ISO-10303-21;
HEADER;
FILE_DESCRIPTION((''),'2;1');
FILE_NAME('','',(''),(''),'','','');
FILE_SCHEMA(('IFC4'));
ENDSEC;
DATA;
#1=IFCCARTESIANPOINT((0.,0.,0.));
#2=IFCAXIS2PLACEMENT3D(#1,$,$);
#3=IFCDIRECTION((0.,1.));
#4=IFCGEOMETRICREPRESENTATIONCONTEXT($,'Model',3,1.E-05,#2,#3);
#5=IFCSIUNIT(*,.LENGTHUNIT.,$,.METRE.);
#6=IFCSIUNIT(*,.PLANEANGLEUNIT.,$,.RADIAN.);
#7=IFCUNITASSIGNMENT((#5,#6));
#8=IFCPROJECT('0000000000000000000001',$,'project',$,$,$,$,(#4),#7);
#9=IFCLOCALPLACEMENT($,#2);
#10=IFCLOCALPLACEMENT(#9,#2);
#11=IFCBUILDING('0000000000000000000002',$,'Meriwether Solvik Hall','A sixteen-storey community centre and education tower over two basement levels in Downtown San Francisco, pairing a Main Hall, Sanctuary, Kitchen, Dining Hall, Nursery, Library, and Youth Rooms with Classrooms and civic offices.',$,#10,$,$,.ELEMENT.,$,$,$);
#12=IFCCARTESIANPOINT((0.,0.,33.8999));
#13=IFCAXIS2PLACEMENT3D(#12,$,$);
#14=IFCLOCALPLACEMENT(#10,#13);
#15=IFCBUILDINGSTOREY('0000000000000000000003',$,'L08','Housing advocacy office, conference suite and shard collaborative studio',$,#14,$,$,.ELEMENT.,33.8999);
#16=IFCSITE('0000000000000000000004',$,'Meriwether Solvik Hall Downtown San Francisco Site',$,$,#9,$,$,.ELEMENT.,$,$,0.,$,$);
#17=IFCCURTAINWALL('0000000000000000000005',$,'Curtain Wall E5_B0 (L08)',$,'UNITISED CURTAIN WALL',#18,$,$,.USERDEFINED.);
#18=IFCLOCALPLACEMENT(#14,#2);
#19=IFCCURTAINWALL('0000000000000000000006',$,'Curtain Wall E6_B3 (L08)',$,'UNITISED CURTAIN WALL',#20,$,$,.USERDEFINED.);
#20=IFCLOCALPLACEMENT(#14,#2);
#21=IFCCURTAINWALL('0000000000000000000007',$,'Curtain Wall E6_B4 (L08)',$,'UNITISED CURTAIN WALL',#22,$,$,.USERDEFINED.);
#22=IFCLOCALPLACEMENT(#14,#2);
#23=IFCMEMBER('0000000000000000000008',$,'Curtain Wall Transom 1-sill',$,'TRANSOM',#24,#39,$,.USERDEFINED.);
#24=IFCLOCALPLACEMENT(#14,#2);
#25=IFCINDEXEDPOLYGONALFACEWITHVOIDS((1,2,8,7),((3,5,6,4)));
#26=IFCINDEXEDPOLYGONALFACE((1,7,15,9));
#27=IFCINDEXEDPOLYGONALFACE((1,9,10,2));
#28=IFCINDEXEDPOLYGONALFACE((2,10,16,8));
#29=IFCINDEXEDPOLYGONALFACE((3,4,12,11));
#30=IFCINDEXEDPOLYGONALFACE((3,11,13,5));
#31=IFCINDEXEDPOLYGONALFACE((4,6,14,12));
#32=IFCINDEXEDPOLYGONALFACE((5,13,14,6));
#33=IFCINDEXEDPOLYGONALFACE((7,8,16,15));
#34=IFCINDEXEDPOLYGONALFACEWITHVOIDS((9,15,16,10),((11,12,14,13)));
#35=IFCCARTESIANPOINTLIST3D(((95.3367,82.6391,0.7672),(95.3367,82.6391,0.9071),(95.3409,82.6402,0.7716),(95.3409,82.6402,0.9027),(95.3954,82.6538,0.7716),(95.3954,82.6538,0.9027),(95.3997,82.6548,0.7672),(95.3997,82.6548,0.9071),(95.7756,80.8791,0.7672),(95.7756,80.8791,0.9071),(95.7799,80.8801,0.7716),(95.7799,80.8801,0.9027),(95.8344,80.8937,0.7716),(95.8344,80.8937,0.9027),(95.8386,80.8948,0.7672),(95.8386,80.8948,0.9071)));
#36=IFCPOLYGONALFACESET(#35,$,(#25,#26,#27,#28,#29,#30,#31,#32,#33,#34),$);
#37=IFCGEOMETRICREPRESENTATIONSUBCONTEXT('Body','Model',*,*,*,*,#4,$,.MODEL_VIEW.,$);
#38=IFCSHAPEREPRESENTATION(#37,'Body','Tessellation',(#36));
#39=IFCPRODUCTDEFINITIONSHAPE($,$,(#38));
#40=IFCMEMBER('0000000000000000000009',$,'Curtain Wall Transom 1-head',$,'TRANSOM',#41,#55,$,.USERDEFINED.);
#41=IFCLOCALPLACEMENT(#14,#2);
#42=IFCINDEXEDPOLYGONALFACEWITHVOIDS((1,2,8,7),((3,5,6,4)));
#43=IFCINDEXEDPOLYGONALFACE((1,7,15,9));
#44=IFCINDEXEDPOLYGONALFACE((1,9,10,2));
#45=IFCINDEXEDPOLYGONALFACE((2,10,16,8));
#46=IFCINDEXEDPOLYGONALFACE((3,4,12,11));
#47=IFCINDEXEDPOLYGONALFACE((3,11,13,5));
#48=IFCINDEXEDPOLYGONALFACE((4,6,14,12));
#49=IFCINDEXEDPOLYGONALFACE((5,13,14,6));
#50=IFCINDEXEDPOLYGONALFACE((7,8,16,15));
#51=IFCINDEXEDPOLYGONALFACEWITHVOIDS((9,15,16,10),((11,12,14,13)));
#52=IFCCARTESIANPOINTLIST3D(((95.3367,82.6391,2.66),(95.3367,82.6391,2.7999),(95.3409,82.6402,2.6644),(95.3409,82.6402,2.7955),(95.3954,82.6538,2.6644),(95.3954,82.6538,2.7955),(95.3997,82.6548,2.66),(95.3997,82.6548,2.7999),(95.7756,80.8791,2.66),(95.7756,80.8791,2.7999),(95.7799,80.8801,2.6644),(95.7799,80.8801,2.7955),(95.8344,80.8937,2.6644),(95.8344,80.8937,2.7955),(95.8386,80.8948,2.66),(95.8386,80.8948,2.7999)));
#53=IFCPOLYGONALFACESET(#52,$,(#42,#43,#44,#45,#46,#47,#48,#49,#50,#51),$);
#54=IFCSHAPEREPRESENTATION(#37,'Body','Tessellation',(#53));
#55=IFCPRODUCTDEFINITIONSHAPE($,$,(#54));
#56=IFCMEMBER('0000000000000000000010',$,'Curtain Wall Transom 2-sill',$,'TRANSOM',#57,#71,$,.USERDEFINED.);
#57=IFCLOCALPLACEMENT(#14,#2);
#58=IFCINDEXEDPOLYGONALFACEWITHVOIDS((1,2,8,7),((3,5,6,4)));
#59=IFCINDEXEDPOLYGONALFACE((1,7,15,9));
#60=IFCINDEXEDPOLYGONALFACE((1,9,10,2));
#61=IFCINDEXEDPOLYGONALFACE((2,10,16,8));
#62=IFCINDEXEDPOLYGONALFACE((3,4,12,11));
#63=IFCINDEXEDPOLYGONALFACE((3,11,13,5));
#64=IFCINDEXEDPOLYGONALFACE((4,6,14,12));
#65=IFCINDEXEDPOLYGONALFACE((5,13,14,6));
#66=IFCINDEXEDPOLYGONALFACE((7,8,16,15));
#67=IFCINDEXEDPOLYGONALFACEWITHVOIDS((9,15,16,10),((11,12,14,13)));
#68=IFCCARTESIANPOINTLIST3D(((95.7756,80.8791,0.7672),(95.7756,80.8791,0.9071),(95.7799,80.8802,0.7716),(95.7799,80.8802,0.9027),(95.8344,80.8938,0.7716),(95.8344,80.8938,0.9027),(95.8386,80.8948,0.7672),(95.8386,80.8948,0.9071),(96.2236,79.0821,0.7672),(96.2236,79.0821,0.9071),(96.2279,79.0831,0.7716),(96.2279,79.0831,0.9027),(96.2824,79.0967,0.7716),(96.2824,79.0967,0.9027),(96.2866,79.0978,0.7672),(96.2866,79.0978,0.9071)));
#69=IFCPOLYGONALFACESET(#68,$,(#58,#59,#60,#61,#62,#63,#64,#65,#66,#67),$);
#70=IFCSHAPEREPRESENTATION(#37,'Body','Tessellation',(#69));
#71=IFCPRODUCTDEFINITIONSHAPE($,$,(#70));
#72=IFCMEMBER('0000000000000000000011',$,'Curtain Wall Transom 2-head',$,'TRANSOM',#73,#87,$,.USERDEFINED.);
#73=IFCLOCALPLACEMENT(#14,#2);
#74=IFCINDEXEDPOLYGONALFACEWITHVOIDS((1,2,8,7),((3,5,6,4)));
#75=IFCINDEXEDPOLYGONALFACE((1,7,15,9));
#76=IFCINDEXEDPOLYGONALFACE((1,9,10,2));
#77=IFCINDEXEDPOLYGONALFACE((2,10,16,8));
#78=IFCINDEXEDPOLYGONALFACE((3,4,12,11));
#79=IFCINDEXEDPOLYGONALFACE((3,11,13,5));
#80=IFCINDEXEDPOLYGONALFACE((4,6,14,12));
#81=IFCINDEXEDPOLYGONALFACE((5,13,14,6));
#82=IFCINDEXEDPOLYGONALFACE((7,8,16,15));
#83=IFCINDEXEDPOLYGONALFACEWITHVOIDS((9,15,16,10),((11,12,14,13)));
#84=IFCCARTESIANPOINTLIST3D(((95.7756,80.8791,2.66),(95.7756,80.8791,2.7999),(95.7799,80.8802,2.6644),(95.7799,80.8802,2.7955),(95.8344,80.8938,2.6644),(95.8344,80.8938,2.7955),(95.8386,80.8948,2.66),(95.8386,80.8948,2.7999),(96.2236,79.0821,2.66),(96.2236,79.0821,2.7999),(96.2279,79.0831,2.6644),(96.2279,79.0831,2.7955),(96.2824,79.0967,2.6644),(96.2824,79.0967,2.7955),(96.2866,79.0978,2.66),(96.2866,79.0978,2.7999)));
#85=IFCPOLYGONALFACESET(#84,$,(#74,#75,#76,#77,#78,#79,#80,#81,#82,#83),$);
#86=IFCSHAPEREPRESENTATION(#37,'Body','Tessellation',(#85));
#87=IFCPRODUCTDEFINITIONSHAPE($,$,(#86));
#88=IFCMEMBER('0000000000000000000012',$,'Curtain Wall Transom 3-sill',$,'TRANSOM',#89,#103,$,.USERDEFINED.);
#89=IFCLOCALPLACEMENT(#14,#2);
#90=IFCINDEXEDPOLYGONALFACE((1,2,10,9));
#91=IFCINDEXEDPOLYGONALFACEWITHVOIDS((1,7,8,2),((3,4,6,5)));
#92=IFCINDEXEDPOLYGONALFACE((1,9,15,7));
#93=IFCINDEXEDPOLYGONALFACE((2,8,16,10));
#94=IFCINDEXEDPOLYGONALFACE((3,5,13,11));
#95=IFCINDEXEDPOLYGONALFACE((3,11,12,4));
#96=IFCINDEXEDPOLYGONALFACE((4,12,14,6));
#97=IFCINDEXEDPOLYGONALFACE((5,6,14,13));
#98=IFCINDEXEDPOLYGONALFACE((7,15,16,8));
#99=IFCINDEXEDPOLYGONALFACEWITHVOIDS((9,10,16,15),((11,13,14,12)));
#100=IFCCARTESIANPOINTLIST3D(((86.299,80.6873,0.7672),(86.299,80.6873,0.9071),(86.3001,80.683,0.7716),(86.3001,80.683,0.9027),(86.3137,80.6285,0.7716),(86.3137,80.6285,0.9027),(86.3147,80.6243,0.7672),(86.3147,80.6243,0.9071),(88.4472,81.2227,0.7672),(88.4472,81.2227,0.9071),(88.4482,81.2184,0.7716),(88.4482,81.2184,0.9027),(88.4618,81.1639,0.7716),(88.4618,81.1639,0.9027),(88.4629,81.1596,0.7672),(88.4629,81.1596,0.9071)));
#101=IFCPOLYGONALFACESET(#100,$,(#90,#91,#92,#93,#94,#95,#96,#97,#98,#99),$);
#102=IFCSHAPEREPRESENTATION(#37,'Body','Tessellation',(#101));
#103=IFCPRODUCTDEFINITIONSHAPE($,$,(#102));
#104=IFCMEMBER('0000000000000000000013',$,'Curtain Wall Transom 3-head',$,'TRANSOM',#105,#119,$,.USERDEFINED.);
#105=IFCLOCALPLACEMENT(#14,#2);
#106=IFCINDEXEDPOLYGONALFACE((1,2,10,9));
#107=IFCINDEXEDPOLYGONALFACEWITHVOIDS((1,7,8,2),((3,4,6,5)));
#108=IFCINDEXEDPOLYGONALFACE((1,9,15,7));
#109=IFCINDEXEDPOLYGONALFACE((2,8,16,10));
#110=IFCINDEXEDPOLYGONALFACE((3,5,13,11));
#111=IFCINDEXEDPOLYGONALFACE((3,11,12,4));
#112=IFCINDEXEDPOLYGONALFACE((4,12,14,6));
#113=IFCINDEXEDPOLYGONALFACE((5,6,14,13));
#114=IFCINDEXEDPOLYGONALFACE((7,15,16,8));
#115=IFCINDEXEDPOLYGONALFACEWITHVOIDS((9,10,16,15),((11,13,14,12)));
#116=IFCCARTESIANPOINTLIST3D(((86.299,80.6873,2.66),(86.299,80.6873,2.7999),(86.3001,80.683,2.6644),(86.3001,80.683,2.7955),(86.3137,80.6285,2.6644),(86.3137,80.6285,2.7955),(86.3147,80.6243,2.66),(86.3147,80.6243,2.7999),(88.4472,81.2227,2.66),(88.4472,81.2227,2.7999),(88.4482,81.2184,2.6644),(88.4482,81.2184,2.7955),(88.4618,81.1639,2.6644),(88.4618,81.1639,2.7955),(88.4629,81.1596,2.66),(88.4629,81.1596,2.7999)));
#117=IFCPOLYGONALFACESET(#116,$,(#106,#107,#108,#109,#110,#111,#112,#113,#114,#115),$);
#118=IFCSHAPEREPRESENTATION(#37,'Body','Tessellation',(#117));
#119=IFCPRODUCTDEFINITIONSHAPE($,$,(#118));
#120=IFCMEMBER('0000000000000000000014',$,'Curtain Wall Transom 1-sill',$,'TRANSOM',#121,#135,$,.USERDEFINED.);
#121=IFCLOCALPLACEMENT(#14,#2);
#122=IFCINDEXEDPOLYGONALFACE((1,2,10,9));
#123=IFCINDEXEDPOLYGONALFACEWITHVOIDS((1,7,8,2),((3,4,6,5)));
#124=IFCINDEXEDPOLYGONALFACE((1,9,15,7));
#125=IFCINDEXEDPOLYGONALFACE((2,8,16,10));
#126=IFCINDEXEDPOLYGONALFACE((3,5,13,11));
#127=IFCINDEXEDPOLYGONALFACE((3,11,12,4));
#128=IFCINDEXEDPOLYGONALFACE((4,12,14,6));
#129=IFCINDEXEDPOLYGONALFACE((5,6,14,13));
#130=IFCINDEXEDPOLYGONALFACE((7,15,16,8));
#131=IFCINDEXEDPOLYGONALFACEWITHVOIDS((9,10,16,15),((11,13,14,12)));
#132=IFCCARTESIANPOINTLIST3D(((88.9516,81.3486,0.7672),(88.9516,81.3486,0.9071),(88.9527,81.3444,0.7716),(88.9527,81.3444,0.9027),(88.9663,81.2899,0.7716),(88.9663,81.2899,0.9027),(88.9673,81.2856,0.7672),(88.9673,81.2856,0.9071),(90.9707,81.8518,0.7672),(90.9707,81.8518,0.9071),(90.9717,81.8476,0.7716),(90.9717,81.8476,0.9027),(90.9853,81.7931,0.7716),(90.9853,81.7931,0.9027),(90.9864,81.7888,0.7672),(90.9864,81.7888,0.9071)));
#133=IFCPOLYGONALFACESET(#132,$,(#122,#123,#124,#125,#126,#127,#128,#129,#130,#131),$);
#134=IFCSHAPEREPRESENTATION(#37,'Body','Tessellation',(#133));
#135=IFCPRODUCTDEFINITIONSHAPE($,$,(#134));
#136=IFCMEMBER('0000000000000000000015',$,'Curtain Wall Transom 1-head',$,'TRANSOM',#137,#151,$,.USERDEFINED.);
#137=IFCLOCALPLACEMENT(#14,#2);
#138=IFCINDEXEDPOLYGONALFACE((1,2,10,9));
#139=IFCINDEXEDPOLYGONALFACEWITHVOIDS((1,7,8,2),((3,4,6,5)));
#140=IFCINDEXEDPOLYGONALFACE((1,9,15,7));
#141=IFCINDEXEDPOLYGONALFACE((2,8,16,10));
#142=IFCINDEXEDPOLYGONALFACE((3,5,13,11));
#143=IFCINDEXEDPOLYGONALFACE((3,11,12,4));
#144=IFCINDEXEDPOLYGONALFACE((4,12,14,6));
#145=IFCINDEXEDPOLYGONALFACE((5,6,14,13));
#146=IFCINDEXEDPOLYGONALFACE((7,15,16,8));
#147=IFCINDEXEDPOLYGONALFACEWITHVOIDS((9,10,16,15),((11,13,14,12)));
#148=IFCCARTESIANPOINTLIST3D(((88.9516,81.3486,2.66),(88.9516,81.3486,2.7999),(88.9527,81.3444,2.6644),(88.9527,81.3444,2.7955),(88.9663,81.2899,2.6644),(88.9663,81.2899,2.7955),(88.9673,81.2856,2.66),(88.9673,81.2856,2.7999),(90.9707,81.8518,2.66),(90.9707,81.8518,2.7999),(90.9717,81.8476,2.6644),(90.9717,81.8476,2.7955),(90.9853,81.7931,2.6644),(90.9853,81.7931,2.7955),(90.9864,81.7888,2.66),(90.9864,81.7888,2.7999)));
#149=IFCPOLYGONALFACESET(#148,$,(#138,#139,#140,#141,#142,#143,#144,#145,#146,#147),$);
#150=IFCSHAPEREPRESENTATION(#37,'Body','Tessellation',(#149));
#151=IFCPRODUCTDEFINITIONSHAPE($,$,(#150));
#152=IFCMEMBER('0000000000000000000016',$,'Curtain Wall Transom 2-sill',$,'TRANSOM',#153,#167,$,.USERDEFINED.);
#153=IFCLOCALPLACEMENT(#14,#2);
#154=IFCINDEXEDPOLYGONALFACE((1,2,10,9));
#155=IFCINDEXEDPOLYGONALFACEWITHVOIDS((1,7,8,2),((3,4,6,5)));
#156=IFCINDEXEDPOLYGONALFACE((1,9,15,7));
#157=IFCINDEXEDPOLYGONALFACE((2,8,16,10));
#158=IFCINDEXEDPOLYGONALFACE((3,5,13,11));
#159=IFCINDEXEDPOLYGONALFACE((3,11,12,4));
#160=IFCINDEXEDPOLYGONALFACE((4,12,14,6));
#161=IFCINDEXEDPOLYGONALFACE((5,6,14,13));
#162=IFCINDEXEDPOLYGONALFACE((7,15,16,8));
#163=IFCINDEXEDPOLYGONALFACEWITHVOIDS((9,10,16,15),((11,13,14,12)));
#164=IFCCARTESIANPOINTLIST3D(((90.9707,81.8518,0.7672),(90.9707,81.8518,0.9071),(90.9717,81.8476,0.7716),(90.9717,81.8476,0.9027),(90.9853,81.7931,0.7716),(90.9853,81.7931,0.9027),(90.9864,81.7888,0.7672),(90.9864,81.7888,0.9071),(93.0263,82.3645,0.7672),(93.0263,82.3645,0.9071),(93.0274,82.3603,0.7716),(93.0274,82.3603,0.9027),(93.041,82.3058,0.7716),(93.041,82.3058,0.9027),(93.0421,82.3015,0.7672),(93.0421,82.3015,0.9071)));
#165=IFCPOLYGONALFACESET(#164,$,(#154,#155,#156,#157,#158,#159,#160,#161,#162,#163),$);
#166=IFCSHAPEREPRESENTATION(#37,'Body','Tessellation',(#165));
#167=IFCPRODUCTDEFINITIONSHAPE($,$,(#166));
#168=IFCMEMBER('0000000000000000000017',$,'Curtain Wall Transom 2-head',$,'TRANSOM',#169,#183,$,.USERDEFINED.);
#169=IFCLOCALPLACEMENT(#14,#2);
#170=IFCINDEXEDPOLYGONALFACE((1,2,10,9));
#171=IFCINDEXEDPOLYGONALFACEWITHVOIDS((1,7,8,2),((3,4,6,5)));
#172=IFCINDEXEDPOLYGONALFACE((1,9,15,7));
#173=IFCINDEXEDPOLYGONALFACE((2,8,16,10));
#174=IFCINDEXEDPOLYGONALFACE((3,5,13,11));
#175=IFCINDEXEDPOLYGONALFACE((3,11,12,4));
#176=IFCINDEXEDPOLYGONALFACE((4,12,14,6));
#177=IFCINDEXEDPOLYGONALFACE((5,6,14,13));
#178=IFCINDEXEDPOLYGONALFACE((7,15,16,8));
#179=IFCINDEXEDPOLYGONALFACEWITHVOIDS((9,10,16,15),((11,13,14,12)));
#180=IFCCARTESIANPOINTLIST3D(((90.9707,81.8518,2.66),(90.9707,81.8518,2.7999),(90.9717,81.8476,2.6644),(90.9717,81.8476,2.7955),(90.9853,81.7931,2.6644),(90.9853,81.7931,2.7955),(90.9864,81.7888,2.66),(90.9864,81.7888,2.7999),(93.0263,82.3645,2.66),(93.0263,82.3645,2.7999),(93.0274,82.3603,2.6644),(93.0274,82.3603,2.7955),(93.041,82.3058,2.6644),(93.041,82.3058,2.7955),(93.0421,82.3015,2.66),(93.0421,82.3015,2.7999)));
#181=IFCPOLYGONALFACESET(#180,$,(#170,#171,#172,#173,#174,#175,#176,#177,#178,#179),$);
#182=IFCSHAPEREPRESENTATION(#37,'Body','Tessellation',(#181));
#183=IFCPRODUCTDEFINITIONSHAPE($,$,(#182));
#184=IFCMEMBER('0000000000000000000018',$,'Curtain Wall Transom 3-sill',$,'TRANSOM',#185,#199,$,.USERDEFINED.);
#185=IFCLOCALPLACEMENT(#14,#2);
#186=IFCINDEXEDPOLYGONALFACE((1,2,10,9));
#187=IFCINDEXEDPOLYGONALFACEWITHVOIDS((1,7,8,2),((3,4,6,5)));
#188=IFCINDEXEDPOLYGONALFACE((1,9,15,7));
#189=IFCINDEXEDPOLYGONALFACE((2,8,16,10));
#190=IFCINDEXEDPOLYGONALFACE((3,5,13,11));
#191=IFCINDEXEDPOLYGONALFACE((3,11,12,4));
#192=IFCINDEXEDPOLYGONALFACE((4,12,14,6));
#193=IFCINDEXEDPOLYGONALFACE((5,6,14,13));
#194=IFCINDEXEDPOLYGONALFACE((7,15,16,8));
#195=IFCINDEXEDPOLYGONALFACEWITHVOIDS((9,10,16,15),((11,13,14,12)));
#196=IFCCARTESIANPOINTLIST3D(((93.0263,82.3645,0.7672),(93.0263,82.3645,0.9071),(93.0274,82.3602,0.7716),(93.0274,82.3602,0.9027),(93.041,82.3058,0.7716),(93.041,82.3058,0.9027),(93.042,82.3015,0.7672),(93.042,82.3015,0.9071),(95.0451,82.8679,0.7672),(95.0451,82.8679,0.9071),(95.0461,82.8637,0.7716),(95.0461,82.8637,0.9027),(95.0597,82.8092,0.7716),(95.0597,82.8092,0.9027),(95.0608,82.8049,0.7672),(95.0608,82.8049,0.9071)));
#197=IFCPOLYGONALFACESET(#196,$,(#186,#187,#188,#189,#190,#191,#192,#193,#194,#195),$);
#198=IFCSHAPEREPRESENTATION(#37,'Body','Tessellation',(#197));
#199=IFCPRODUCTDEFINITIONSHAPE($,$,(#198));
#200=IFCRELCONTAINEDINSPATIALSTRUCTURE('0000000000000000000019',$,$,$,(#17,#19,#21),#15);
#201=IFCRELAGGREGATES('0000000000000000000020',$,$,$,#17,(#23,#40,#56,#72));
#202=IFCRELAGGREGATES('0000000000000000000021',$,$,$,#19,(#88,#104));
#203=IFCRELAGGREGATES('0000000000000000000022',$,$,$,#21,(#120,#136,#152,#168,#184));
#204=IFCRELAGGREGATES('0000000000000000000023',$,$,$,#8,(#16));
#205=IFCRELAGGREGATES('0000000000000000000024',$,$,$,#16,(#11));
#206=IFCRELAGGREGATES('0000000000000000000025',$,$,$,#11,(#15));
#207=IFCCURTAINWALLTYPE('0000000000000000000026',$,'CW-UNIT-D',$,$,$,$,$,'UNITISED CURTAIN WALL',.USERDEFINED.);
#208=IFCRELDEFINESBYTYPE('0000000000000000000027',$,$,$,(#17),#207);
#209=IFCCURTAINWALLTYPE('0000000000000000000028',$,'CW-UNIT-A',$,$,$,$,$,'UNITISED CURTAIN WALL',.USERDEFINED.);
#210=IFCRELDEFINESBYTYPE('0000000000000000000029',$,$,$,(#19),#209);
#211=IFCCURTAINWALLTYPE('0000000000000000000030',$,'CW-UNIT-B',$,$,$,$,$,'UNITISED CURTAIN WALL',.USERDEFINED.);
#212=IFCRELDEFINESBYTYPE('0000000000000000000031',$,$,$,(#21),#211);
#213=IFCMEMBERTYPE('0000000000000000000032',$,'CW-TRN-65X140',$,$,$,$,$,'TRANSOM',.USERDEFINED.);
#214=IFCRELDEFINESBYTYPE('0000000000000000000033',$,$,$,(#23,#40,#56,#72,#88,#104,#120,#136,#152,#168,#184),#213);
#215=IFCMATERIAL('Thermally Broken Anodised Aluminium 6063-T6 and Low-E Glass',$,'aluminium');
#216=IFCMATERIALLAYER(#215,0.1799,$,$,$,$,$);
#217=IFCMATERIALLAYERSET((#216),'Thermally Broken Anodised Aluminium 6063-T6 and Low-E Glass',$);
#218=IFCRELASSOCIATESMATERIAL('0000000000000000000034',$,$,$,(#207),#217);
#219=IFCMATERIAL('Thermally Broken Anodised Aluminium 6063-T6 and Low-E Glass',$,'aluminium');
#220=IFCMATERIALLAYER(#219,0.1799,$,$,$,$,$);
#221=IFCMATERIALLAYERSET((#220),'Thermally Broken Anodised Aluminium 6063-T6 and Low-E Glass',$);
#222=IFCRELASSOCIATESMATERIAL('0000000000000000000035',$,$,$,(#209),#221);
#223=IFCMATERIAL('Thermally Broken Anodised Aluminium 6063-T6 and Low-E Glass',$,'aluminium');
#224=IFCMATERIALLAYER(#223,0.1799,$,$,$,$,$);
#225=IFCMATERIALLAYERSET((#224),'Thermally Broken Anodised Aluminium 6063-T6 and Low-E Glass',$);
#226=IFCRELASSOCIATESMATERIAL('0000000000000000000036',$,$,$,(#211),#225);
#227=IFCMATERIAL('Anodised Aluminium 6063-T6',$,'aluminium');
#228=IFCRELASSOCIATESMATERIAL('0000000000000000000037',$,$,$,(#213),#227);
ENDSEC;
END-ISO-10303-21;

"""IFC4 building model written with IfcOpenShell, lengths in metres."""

from ifc_helpers import new_model, si_unit, direction, frame, origin, origin_2d, place, context, subcontext, project, spatial, hollow_rectangle, extrude, material, layer, layer_set, material_profile, profile_set, type_object, element, aggregate, save


model = new_model("IFC4")

# Units and contexts
model_context = context("Model", 3, precision=1e-05, world=origin(), true_north=direction((0.0, 1.0)))
body_context = subcontext(model_context, "Body", "Model", "MODEL_VIEW")
ifc_project = project(units=[si_unit("LENGTHUNIT", "METRE"), si_unit("PLANEANGLEUNIT", "RADIAN")], contexts=[model_context])

# Site, building, storey
site_placement = place(None, origin())
site = spatial("IfcSite", under=ifc_project, at=site_placement, Name="Meriwether Solvik Hall Downtown San Francisco Site", CompositionType="ELEMENT", RefElevation=0.0)
building_placement = place(site_placement, origin())
building = spatial("IfcBuilding", under=site, at=building_placement, Name="Meriwether Solvik Hall", Description="A sixteen-storey community centre and education tower over two basement levels in Downtown San Francisco, pairing a Main Hall, Sanctuary, Kitchen, Dining Hall, Nursery, Library, and Youth Rooms with Classrooms and civic offices.", CompositionType="ELEMENT")
storey_placement = place(building_placement, frame((0.0, 0.0, 33.8999)))
storey = spatial("IfcBuildingStorey", under=building, at=storey_placement, Name="L08", Description="Housing advocacy office, conference suite and shard collaborative studio", CompositionType="ELEMENT", Elevation=33.8999)

# Curtain walls
ifc_material_1 = material(Name="Thermally Broken Anodised Aluminium 6063-T6 and Low-E Glass", Category="aluminium")
ifc_layer_1 = layer(ifc_material_1, 0.1799)
ifc_layer_set_1 = layer_set([ifc_layer_1], Name="Thermally Broken Anodised Aluminium 6063-T6 and Low-E Glass")
curtain_wall_type_1 = type_object("IfcCurtainWallType", Name="CW-UNIT-D", ElementType="UNITISED CURTAIN WALL", PredefinedType="USERDEFINED", material=ifc_layer_set_1)
curtain_wall_1_placement = place(storey_placement, origin())
curtain_wall_1 = element("IfcCurtainWall", 1, at=curtain_wall_1_placement, inside=storey, type_object=curtain_wall_type_1, Name="Curtain Wall E5_B0 (L08)", ObjectType="UNITISED CURTAIN WALL", PredefinedType="USERDEFINED")
ifc_material_2 = material(Name="Thermally Broken Anodised Aluminium 6063-T6 and Low-E Glass", Category="aluminium")
ifc_layer_2 = layer(ifc_material_2, 0.1799)
ifc_layer_set_2 = layer_set([ifc_layer_2], Name="Thermally Broken Anodised Aluminium 6063-T6 and Low-E Glass")
curtain_wall_type_2 = type_object("IfcCurtainWallType", Name="CW-UNIT-A", ElementType="UNITISED CURTAIN WALL", PredefinedType="USERDEFINED", material=ifc_layer_set_2)
curtain_wall_2_placement = place(storey_placement, origin())
curtain_wall_2 = element("IfcCurtainWall", 2, at=curtain_wall_2_placement, inside=storey, type_object=curtain_wall_type_2, Name="Curtain Wall E6_B3 (L08)", ObjectType="UNITISED CURTAIN WALL", PredefinedType="USERDEFINED")
ifc_material_3 = material(Name="Thermally Broken Anodised Aluminium 6063-T6 and Low-E Glass", Category="aluminium")
ifc_layer_3 = layer(ifc_material_3, 0.1799)
ifc_layer_set_3 = layer_set([ifc_layer_3], Name="Thermally Broken Anodised Aluminium 6063-T6 and Low-E Glass")
curtain_wall_type_3 = type_object("IfcCurtainWallType", Name="CW-UNIT-B", ElementType="UNITISED CURTAIN WALL", PredefinedType="USERDEFINED", material=ifc_layer_set_3)
curtain_wall_3_placement = place(storey_placement, origin())
curtain_wall_3 = element("IfcCurtainWall", 3, at=curtain_wall_3_placement, inside=storey, type_object=curtain_wall_type_3, Name="Curtain Wall E6_B4 (L08)", ObjectType="UNITISED CURTAIN WALL", PredefinedType="USERDEFINED")

# Members
ifc_material_4 = material(Name="Anodised Aluminium 6063-T6", Category="aluminium")
ifc_material_profile_1 = material_profile(ifc_material_4, hollow_rectangle(XDim=0.0649, YDim=0.1399, WallThickness=0.0044, at=origin_2d()), Name="CWT-65X140")
ifc_profile_set_1 = profile_set([ifc_material_profile_1], Name="Anodised Aluminium 6063-T6")
member_type_1 = type_object("IfcMemberType", Name="CW-TRN-65X140", ElementType="TRANSOM", PredefinedType="USERDEFINED", material=ifc_profile_set_1)
member_1_placement = place(storey_placement, frame((95.3682, 82.647, 0.8372), z_axis=(0.241997, -0.970277, 0.0), x_axis=(0.970277, 0.241997, 0.0)))
member_1 = element("IfcMember", 4, at=member_1_placement, type_object=member_type_1, Name="Curtain Wall Transom 1-sill", ObjectType="TRANSOM", PredefinedType="USERDEFINED", context=body_context, shape_type="SweptSolid", body=[
    extrude(hollow_rectangle(XDim=0.0649, YDim=0.1399, WallThickness=0.0044, at=origin_2d()), origin(), (0.0, 0.0, 1.0), 1.814),
])
member_2_placement = place(storey_placement, frame((95.3682, 82.647, 2.73), z_axis=(0.241997, -0.970277, 0.0), x_axis=(0.970277, 0.241997, 0.0)))
member_2 = element("IfcMember", 5, at=member_2_placement, type_object=member_type_1, Name="Curtain Wall Transom 1-head", ObjectType="TRANSOM", PredefinedType="USERDEFINED", context=body_context, shape_type="SweptSolid", body=[
    extrude(hollow_rectangle(XDim=0.0649, YDim=0.1399, WallThickness=0.0044, at=origin_2d()), origin(), (0.0, 0.0, 1.0), 1.814),
])
member_3_placement = place(storey_placement, frame((95.8071, 80.887, 0.8372), z_axis=(0.241884, -0.970305, 0.0), x_axis=(0.970305, 0.241884, 0.0)))
member_3 = element("IfcMember", 6, at=member_3_placement, type_object=member_type_1, Name="Curtain Wall Transom 2-sill", ObjectType="TRANSOM", PredefinedType="USERDEFINED", context=body_context, shape_type="SweptSolid", body=[
    extrude(hollow_rectangle(XDim=0.0649, YDim=0.1399, WallThickness=0.0044, at=origin_2d()), origin(), (0.0, 0.0, 1.0), 1.8521),
])
member_4_placement = place(storey_placement, frame((95.8071, 80.887, 2.73), z_axis=(0.241884, -0.970305, 0.0), x_axis=(0.970305, 0.241884, 0.0)))
member_4 = element("IfcMember", 7, at=member_4_placement, type_object=member_type_1, Name="Curtain Wall Transom 2-head", ObjectType="TRANSOM", PredefinedType="USERDEFINED", context=body_context, shape_type="SweptSolid", body=[
    extrude(hollow_rectangle(XDim=0.0649, YDim=0.1399, WallThickness=0.0044, at=origin_2d()), origin(), (0.0, 0.0, 1.0), 1.8521),
])
member_5_placement = place(storey_placement, frame((86.3069, 80.6558, 0.8372), z_axis=(0.970317, 0.241835, 0.0), x_axis=(-0.241835, 0.970317, 0.0)))
member_5 = element("IfcMember", 8, at=member_5_placement, type_object=member_type_1, Name="Curtain Wall Transom 3-sill", ObjectType="TRANSOM", PredefinedType="USERDEFINED", context=body_context, shape_type="SweptSolid", body=[
    extrude(hollow_rectangle(XDim=0.0649, YDim=0.1399, WallThickness=0.0044, at=origin_2d()), origin(), (0.0, 0.0, 1.0), 2.2139),
])
member_6_placement = place(storey_placement, frame((86.3069, 80.6558, 2.73), z_axis=(0.970317, 0.241835, 0.0), x_axis=(-0.241835, 0.970317, 0.0)))
member_6 = element("IfcMember", 9, at=member_6_placement, type_object=member_type_1, Name="Curtain Wall Transom 3-head", ObjectType="TRANSOM", PredefinedType="USERDEFINED", context=body_context, shape_type="SweptSolid", body=[
    extrude(hollow_rectangle(XDim=0.0649, YDim=0.1399, WallThickness=0.0044, at=origin_2d()), origin(), (0.0, 0.0, 1.0), 2.2139),
])
member_7_placement = place(storey_placement, frame((88.9595, 81.3171, 0.8372), z_axis=(0.970322, 0.241818, 0.0), x_axis=(-0.241818, 0.970322, 0.0)))
member_7 = element("IfcMember", 10, at=member_7_placement, type_object=member_type_1, Name="Curtain Wall Transom 1-sill", ObjectType="TRANSOM", PredefinedType="USERDEFINED", context=body_context, shape_type="SweptSolid", body=[
    extrude(hollow_rectangle(XDim=0.0649, YDim=0.1399, WallThickness=0.0044, at=origin_2d()), origin(), (0.0, 0.0, 1.0), 2.0808),
])
member_8_placement = place(storey_placement, frame((88.9595, 81.3171, 2.73), z_axis=(0.970322, 0.241818, 0.0), x_axis=(-0.241818, 0.970322, 0.0)))
member_8 = element("IfcMember", 11, at=member_8_placement, type_object=member_type_1, Name="Curtain Wall Transom 1-head", ObjectType="TRANSOM", PredefinedType="USERDEFINED", context=body_context, shape_type="SweptSolid", body=[
    extrude(hollow_rectangle(XDim=0.0649, YDim=0.1399, WallThickness=0.0044, at=origin_2d()), origin(), (0.0, 0.0, 1.0), 2.0808),
])
member_9_placement = place(storey_placement, frame((90.9785, 81.8203, 0.8372), z_axis=(0.970278, 0.241993, 0.0), x_axis=(-0.241993, 0.970278, 0.0)))
member_9 = element("IfcMember", 12, at=member_9_placement, type_object=member_type_1, Name="Curtain Wall Transom 2-sill", ObjectType="TRANSOM", PredefinedType="USERDEFINED", context=body_context, shape_type="SweptSolid", body=[
    extrude(hollow_rectangle(XDim=0.0649, YDim=0.1399, WallThickness=0.0044, at=origin_2d()), origin(), (0.0, 0.0, 1.0), 2.1187),
])
member_10_placement = place(storey_placement, frame((90.9785, 81.8203, 2.73), z_axis=(0.970278, 0.241993, 0.0), x_axis=(-0.241993, 0.970278, 0.0)))
member_10 = element("IfcMember", 13, at=member_10_placement, type_object=member_type_1, Name="Curtain Wall Transom 2-head", ObjectType="TRANSOM", PredefinedType="USERDEFINED", context=body_context, shape_type="SweptSolid", body=[
    extrude(hollow_rectangle(XDim=0.0649, YDim=0.1399, WallThickness=0.0044, at=origin_2d()), origin(), (0.0, 0.0, 1.0), 2.1187),
])
member_11_placement = place(storey_placement, frame((93.0342, 82.333, 0.8372), z_axis=(0.970287, 0.241956, 0.0), x_axis=(-0.241956, 0.970287, 0.0)))
member_11 = element("IfcMember", 14, at=member_11_placement, type_object=member_type_1, Name="Curtain Wall Transom 3-sill", ObjectType="TRANSOM", PredefinedType="USERDEFINED", context=body_context, shape_type="SweptSolid", body=[
    extrude(hollow_rectangle(XDim=0.0649, YDim=0.1399, WallThickness=0.0044, at=origin_2d()), origin(), (0.0, 0.0, 1.0), 2.0806),
])

aggregate(curtain_wall_1, [member_1, member_2, member_3, member_4])
aggregate(curtain_wall_2, [member_5, member_6])
aggregate(curtain_wall_3, [member_7, member_8, member_9, member_10, member_11])

save(model, "model.ifc")
